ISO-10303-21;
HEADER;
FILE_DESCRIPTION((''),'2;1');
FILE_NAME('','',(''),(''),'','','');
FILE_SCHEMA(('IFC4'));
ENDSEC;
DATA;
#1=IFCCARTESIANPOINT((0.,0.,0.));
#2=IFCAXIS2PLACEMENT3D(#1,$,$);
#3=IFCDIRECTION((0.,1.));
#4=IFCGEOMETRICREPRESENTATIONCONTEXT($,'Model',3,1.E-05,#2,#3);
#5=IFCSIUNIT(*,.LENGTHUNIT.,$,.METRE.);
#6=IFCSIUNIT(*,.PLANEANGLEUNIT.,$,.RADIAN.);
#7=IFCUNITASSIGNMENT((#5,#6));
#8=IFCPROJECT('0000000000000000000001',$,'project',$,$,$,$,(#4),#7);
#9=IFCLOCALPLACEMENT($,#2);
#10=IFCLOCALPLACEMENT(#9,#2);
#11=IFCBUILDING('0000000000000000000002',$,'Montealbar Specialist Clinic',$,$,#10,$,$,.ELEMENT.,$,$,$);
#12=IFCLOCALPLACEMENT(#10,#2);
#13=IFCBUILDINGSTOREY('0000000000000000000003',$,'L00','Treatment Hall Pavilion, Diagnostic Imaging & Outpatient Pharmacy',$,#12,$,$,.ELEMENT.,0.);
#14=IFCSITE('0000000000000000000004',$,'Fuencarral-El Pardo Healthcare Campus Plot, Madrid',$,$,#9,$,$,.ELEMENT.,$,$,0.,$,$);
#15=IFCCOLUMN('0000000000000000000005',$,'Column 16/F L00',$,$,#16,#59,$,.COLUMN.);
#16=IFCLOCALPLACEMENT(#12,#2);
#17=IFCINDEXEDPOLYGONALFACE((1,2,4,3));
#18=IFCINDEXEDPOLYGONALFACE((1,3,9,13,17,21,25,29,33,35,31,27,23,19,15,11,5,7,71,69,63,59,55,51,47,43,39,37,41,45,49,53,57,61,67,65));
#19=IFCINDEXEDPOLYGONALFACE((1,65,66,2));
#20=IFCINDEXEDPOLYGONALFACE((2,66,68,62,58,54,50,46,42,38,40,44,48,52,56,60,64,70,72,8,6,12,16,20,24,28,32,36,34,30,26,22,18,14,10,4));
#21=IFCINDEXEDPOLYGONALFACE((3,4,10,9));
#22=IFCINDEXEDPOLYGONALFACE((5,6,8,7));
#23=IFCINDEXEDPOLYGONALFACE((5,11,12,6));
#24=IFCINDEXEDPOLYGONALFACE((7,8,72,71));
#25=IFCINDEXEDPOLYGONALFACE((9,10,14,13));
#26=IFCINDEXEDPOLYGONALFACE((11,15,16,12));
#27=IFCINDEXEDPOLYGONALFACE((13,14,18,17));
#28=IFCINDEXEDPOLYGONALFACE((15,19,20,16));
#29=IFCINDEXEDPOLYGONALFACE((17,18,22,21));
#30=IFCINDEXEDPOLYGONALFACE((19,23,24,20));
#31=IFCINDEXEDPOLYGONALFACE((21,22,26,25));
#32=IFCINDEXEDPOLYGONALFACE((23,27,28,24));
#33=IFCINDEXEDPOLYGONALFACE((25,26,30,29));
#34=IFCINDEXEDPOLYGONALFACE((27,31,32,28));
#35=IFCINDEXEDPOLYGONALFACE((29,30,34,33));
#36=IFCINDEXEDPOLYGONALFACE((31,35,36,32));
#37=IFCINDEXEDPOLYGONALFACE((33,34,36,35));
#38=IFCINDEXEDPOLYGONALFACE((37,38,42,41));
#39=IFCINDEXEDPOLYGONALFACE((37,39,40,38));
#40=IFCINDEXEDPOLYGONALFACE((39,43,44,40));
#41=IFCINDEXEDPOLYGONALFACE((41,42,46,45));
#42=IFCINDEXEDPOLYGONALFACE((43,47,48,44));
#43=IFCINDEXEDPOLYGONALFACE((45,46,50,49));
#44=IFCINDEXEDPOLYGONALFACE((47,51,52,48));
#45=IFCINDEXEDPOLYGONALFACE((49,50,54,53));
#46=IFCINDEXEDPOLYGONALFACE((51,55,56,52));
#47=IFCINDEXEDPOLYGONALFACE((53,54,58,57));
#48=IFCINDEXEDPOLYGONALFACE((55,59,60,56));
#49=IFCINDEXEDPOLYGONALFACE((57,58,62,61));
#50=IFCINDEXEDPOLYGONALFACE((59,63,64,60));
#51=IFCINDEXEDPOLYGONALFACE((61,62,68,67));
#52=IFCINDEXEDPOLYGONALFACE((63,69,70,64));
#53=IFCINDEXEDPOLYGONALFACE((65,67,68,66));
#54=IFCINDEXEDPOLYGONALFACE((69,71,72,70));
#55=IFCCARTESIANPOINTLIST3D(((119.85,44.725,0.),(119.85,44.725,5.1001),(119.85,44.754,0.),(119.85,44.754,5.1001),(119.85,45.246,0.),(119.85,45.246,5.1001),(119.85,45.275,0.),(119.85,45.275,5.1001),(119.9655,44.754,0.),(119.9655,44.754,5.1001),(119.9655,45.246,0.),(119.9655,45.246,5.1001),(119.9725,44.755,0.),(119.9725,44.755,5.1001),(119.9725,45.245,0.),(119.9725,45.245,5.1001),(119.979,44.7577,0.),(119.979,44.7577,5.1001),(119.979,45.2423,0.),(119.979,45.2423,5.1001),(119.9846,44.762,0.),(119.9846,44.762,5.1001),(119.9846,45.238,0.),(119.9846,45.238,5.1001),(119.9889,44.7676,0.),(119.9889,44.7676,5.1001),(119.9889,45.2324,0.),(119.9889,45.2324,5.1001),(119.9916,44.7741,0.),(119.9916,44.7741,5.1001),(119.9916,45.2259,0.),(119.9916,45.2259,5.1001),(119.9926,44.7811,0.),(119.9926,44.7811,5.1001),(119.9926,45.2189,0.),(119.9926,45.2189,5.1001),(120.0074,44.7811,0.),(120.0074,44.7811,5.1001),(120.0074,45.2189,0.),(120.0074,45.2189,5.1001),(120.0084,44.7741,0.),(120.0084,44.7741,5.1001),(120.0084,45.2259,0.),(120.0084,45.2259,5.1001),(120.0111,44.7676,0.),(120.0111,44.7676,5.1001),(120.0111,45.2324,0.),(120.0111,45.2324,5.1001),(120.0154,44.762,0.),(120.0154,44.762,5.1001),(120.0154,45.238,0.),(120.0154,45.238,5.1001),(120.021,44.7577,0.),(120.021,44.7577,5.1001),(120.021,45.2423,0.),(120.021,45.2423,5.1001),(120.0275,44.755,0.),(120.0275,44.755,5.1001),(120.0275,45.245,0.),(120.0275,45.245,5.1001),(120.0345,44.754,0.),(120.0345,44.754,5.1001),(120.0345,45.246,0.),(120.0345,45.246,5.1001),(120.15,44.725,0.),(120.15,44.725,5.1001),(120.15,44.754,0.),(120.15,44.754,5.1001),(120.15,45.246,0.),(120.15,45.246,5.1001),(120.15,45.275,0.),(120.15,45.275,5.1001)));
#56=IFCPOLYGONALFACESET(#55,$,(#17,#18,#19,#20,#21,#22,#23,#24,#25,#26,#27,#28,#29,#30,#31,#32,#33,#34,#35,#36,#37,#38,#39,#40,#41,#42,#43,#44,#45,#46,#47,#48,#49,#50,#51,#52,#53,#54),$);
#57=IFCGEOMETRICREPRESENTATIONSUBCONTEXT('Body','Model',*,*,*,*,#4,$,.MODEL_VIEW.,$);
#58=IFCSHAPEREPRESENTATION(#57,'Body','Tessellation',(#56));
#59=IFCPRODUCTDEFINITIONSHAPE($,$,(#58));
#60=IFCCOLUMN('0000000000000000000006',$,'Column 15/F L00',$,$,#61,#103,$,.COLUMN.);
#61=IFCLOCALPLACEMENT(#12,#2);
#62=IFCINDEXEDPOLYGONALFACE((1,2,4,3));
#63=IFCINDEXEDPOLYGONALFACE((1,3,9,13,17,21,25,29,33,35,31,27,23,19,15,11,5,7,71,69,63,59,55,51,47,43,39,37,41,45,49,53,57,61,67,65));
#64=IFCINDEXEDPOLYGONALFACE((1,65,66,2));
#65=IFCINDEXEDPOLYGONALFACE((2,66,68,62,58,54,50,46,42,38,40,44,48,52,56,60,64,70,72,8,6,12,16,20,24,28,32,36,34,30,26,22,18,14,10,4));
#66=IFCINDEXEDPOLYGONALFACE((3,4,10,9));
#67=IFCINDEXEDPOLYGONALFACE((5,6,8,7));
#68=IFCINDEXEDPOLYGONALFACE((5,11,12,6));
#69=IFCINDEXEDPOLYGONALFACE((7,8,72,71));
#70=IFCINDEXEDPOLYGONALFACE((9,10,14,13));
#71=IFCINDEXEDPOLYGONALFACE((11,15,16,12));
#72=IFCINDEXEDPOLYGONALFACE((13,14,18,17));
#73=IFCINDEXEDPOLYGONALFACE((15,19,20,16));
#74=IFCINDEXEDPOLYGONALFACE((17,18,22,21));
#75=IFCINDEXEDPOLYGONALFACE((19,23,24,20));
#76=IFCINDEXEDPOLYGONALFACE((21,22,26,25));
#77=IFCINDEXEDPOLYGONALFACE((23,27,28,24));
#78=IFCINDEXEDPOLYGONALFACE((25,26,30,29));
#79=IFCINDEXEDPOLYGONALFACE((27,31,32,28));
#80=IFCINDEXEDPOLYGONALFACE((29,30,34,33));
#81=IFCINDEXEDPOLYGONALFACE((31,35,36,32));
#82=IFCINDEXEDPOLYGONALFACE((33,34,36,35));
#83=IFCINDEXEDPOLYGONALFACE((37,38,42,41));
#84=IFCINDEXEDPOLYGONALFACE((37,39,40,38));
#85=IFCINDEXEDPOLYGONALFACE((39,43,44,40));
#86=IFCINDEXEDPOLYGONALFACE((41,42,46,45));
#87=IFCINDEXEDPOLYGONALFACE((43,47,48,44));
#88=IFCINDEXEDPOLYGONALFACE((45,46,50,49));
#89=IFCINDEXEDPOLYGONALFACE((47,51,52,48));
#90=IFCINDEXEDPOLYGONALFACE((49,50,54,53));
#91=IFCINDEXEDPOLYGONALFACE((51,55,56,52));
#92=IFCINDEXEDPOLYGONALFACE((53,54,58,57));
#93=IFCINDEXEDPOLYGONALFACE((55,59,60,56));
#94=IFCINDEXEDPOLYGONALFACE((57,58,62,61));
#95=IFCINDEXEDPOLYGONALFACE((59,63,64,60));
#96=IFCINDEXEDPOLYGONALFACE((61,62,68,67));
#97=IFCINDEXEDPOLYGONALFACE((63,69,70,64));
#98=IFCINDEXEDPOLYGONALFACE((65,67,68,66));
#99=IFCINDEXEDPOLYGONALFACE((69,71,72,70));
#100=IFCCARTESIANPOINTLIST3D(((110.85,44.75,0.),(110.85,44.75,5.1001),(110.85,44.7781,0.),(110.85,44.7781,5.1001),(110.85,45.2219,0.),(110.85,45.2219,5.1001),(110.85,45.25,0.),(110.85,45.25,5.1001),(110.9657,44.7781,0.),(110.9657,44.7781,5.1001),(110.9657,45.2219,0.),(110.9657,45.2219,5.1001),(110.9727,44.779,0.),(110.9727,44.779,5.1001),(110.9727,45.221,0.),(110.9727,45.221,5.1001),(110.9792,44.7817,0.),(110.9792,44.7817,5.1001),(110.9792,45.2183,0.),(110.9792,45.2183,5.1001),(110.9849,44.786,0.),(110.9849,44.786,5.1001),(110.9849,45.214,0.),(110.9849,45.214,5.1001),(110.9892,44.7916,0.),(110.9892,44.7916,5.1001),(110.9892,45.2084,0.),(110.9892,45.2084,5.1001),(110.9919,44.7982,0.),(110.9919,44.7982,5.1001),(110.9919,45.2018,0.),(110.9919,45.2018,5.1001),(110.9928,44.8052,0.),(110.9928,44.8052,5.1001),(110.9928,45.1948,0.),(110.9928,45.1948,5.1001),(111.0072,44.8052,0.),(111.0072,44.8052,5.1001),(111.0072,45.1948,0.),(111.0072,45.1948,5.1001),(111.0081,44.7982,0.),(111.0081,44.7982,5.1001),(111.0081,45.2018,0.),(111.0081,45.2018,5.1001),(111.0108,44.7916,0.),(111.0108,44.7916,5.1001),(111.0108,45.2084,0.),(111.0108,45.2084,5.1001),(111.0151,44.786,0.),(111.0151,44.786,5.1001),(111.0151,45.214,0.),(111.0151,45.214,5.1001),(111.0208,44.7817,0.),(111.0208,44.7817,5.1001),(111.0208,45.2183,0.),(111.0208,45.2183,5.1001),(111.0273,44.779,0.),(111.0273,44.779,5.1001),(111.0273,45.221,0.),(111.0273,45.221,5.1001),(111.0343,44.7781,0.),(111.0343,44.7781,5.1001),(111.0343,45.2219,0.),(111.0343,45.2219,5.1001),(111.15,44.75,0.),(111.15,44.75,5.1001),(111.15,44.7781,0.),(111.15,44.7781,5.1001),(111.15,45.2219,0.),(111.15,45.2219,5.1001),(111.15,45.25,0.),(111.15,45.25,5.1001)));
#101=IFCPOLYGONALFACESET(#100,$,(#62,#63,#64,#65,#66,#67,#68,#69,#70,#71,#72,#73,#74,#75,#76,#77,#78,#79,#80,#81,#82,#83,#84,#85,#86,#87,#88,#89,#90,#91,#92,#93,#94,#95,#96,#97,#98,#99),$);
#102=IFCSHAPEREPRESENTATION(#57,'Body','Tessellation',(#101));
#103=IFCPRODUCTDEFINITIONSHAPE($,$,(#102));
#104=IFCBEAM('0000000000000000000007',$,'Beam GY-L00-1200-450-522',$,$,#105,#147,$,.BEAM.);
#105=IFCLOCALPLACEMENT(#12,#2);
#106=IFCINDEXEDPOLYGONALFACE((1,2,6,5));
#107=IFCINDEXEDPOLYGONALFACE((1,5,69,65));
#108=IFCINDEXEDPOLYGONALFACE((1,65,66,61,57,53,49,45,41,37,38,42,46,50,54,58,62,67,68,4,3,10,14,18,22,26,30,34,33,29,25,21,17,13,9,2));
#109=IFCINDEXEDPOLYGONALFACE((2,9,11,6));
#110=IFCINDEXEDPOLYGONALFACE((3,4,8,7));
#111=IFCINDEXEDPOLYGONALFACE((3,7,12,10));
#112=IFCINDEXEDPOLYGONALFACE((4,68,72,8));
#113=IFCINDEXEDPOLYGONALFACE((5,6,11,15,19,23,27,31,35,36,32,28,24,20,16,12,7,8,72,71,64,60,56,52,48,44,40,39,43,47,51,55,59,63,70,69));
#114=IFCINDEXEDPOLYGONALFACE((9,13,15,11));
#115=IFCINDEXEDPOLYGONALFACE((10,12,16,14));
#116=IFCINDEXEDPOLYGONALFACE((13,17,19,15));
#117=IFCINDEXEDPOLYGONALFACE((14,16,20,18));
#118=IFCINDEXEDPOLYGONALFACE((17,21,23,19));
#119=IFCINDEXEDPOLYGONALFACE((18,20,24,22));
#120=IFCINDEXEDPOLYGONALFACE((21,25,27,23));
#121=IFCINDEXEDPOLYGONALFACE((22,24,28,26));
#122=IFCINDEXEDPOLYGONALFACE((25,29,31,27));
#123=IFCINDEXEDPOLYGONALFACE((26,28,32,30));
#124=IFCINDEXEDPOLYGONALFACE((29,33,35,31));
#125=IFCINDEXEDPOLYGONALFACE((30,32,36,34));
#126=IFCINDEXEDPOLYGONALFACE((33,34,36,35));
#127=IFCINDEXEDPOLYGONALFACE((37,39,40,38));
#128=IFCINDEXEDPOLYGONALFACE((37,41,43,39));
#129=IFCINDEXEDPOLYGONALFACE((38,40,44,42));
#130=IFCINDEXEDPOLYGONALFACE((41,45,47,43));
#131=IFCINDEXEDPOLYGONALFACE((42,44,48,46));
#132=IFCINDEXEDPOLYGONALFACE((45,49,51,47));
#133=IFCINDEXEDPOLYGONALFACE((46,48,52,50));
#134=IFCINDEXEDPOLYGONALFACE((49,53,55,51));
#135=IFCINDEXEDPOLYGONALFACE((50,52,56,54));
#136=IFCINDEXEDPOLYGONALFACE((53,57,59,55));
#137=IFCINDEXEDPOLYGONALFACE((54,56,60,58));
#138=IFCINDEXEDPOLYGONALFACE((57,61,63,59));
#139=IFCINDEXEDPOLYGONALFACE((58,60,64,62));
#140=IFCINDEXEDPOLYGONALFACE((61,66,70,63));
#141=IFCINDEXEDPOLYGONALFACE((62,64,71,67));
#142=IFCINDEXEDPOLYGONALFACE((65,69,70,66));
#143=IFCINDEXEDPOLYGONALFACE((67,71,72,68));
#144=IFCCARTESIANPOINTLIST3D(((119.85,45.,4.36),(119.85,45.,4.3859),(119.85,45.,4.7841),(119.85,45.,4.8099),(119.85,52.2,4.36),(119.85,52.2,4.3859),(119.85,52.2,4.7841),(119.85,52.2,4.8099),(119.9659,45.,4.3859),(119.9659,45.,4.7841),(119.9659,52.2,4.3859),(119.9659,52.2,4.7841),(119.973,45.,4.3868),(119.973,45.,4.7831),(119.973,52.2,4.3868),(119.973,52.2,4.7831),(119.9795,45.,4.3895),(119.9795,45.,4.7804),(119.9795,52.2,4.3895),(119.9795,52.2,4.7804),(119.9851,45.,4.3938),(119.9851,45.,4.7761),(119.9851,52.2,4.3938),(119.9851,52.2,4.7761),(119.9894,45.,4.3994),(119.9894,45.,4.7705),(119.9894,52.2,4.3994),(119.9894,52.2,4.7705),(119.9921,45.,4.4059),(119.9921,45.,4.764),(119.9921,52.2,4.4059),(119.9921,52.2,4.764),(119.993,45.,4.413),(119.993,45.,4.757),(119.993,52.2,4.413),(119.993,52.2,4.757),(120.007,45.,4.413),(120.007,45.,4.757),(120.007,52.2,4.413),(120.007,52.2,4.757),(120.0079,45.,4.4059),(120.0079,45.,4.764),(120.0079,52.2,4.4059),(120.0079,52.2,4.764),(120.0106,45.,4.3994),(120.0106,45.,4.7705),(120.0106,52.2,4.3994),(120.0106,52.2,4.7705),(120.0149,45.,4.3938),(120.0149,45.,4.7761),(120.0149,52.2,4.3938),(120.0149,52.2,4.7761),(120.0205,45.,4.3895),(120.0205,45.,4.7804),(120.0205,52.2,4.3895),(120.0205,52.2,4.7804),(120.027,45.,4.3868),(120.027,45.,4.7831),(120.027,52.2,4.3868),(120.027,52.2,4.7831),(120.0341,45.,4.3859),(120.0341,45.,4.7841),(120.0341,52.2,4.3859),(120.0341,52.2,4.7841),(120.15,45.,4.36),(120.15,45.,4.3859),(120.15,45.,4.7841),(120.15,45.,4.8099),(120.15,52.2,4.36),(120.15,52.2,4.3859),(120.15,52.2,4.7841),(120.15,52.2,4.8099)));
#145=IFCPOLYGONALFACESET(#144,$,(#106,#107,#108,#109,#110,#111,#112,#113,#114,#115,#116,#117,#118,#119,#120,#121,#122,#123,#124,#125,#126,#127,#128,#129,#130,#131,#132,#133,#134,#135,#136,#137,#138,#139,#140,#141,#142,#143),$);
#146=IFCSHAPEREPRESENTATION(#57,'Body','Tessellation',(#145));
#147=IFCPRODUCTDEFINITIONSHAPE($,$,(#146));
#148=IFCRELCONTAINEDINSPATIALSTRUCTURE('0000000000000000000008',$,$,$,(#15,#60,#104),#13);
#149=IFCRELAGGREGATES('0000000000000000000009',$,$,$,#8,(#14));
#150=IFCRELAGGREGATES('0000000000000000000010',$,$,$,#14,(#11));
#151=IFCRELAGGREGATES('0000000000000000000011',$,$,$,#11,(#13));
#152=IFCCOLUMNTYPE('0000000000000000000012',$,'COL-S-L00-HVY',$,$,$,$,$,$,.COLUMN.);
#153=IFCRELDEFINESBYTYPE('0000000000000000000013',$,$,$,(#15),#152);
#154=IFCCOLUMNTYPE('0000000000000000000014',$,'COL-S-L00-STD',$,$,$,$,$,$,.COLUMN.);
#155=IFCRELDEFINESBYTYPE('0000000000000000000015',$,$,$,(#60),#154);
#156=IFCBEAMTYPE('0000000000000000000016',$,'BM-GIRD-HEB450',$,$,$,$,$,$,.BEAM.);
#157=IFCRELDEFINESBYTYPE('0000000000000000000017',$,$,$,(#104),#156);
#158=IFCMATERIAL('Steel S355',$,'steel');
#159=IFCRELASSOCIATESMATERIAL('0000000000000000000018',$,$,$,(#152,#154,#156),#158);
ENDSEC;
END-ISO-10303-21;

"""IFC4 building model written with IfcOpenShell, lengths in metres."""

from ifc_helpers import new_model, si_unit, direction, frame, origin, origin_2d, place, context, subcontext, project, spatial, i_section, extrude, material, material_profile, profile_set, type_object, element, save


model = new_model("IFC4")

# Units and contexts
model_context = context("Model", 3, precision=1e-05, world=origin(), true_north=direction((0.0, 1.0)))
body_context = subcontext(model_context, "Body", "Model", "MODEL_VIEW")
ifc_project = project(units=[si_unit("LENGTHUNIT", "METRE"), si_unit("PLANEANGLEUNIT", "RADIAN")], contexts=[model_context])

# Site, building, storey
site_placement = place(None, origin())
site = spatial("IfcSite", under=ifc_project, at=site_placement, Name="Fuencarral-El Pardo Healthcare Campus Plot, Madrid", CompositionType="ELEMENT", RefElevation=0.0)
building_placement = place(site_placement, origin())
building = spatial("IfcBuilding", under=site, at=building_placement, Name="Montealbar Specialist Clinic", CompositionType="ELEMENT")
storey_placement = place(building_placement, origin())
storey = spatial("IfcBuildingStorey", under=building, at=storey_placement, Name="L00", Description="Treatment Hall Pavilion, Diagnostic Imaging & Outpatient Pharmacy", CompositionType="ELEMENT", Elevation=0.0)

# Columns
ifc_material_1 = material(Name="Steel S355", Category="steel")
ifc_material_profile_1 = material_profile(ifc_material_1, i_section(OverallWidth=0.3, OverallDepth=0.55, WebThickness=0.0149, FlangeThickness=0.0291, FilletRadius=0.0271, at=origin_2d()), Name="HEB 550", Category="steel")
ifc_profile_set_1 = profile_set([ifc_material_profile_1], Name="Steel S355")
column_type_1 = type_object("IfcColumnType", Name="COL-S-L00-HVY", PredefinedType="COLUMN", material=ifc_profile_set_1)
column_1_placement = place(storey_placement, frame((120.0, 45.0, 0.0), z_axis=(0.0, 0.0, 1.0), x_axis=(1.0, 0.0, 0.0)))
element("IfcColumn", 1, at=column_1_placement, inside=storey, type_object=column_type_1, Name="Column 16/F L00", PredefinedType="COLUMN", context=body_context, shape_type="SweptSolid", body=[
    extrude(i_section(OverallWidth=0.3, OverallDepth=0.55, WebThickness=0.0149, FlangeThickness=0.0291, FilletRadius=0.0271, at=origin_2d()), origin(), (0.0, 0.0, 1.0), 5.1001),
])
ifc_material_profile_2 = material_profile(ifc_material_1, i_section(OverallWidth=0.3, OverallDepth=0.5, WebThickness=0.0144, FlangeThickness=0.0281, FilletRadius=0.0271, at=origin_2d()), Name="HEB 500", Category="steel")
ifc_profile_set_2 = profile_set([ifc_material_profile_2], Name="Steel S355")
column_type_2 = type_object("IfcColumnType", Name="COL-S-L00-STD", PredefinedType="COLUMN", material=ifc_profile_set_2)
column_2_placement = place(storey_placement, frame((111.0, 45.0, 0.0), z_axis=(0.0, 0.0, 1.0), x_axis=(1.0, 0.0, 0.0)))
element("IfcColumn", 2, at=column_2_placement, inside=storey, type_object=column_type_2, Name="Column 15/F L00", PredefinedType="COLUMN", context=body_context, shape_type="SweptSolid", body=[
    extrude(i_section(OverallWidth=0.3, OverallDepth=0.5, WebThickness=0.0144, FlangeThickness=0.0281, FilletRadius=0.0271, at=origin_2d()), origin(), (0.0, 0.0, 1.0), 5.1001),
])

# Beam
ifc_material_profile_3 = material_profile(ifc_material_1, i_section(OverallWidth=0.3, OverallDepth=0.45, WebThickness=0.0139, FlangeThickness=0.0259, FilletRadius=0.0271, at=origin_2d()), Name="HEB 450", Category="steel")
ifc_profile_set_3 = profile_set([ifc_material_profile_3], Name="Steel S355")
beam_type_1 = type_object("IfcBeamType", Name="BM-GIRD-HEB450", PredefinedType="BEAM", material=ifc_profile_set_3)
beam_1_placement = place(storey_placement, frame((120.0, 45.0, 4.585), z_axis=(0.0, 1.0, 0.0), x_axis=(-1.0, 0.0, 0.0)))
element("IfcBeam", 3, at=beam_1_placement, inside=storey, type_object=beam_type_1, Name="Beam GY-L00-1200-450-522", PredefinedType="BEAM", context=body_context, shape_type="SweptSolid", body=[
    extrude(i_section(OverallWidth=0.3, OverallDepth=0.45, WebThickness=0.0139, FlangeThickness=0.0259, FilletRadius=0.0271, at=origin_2d()), origin(), (0.0, 0.0, 1.0), 7.2),
])

save(model, "model.ifc")
